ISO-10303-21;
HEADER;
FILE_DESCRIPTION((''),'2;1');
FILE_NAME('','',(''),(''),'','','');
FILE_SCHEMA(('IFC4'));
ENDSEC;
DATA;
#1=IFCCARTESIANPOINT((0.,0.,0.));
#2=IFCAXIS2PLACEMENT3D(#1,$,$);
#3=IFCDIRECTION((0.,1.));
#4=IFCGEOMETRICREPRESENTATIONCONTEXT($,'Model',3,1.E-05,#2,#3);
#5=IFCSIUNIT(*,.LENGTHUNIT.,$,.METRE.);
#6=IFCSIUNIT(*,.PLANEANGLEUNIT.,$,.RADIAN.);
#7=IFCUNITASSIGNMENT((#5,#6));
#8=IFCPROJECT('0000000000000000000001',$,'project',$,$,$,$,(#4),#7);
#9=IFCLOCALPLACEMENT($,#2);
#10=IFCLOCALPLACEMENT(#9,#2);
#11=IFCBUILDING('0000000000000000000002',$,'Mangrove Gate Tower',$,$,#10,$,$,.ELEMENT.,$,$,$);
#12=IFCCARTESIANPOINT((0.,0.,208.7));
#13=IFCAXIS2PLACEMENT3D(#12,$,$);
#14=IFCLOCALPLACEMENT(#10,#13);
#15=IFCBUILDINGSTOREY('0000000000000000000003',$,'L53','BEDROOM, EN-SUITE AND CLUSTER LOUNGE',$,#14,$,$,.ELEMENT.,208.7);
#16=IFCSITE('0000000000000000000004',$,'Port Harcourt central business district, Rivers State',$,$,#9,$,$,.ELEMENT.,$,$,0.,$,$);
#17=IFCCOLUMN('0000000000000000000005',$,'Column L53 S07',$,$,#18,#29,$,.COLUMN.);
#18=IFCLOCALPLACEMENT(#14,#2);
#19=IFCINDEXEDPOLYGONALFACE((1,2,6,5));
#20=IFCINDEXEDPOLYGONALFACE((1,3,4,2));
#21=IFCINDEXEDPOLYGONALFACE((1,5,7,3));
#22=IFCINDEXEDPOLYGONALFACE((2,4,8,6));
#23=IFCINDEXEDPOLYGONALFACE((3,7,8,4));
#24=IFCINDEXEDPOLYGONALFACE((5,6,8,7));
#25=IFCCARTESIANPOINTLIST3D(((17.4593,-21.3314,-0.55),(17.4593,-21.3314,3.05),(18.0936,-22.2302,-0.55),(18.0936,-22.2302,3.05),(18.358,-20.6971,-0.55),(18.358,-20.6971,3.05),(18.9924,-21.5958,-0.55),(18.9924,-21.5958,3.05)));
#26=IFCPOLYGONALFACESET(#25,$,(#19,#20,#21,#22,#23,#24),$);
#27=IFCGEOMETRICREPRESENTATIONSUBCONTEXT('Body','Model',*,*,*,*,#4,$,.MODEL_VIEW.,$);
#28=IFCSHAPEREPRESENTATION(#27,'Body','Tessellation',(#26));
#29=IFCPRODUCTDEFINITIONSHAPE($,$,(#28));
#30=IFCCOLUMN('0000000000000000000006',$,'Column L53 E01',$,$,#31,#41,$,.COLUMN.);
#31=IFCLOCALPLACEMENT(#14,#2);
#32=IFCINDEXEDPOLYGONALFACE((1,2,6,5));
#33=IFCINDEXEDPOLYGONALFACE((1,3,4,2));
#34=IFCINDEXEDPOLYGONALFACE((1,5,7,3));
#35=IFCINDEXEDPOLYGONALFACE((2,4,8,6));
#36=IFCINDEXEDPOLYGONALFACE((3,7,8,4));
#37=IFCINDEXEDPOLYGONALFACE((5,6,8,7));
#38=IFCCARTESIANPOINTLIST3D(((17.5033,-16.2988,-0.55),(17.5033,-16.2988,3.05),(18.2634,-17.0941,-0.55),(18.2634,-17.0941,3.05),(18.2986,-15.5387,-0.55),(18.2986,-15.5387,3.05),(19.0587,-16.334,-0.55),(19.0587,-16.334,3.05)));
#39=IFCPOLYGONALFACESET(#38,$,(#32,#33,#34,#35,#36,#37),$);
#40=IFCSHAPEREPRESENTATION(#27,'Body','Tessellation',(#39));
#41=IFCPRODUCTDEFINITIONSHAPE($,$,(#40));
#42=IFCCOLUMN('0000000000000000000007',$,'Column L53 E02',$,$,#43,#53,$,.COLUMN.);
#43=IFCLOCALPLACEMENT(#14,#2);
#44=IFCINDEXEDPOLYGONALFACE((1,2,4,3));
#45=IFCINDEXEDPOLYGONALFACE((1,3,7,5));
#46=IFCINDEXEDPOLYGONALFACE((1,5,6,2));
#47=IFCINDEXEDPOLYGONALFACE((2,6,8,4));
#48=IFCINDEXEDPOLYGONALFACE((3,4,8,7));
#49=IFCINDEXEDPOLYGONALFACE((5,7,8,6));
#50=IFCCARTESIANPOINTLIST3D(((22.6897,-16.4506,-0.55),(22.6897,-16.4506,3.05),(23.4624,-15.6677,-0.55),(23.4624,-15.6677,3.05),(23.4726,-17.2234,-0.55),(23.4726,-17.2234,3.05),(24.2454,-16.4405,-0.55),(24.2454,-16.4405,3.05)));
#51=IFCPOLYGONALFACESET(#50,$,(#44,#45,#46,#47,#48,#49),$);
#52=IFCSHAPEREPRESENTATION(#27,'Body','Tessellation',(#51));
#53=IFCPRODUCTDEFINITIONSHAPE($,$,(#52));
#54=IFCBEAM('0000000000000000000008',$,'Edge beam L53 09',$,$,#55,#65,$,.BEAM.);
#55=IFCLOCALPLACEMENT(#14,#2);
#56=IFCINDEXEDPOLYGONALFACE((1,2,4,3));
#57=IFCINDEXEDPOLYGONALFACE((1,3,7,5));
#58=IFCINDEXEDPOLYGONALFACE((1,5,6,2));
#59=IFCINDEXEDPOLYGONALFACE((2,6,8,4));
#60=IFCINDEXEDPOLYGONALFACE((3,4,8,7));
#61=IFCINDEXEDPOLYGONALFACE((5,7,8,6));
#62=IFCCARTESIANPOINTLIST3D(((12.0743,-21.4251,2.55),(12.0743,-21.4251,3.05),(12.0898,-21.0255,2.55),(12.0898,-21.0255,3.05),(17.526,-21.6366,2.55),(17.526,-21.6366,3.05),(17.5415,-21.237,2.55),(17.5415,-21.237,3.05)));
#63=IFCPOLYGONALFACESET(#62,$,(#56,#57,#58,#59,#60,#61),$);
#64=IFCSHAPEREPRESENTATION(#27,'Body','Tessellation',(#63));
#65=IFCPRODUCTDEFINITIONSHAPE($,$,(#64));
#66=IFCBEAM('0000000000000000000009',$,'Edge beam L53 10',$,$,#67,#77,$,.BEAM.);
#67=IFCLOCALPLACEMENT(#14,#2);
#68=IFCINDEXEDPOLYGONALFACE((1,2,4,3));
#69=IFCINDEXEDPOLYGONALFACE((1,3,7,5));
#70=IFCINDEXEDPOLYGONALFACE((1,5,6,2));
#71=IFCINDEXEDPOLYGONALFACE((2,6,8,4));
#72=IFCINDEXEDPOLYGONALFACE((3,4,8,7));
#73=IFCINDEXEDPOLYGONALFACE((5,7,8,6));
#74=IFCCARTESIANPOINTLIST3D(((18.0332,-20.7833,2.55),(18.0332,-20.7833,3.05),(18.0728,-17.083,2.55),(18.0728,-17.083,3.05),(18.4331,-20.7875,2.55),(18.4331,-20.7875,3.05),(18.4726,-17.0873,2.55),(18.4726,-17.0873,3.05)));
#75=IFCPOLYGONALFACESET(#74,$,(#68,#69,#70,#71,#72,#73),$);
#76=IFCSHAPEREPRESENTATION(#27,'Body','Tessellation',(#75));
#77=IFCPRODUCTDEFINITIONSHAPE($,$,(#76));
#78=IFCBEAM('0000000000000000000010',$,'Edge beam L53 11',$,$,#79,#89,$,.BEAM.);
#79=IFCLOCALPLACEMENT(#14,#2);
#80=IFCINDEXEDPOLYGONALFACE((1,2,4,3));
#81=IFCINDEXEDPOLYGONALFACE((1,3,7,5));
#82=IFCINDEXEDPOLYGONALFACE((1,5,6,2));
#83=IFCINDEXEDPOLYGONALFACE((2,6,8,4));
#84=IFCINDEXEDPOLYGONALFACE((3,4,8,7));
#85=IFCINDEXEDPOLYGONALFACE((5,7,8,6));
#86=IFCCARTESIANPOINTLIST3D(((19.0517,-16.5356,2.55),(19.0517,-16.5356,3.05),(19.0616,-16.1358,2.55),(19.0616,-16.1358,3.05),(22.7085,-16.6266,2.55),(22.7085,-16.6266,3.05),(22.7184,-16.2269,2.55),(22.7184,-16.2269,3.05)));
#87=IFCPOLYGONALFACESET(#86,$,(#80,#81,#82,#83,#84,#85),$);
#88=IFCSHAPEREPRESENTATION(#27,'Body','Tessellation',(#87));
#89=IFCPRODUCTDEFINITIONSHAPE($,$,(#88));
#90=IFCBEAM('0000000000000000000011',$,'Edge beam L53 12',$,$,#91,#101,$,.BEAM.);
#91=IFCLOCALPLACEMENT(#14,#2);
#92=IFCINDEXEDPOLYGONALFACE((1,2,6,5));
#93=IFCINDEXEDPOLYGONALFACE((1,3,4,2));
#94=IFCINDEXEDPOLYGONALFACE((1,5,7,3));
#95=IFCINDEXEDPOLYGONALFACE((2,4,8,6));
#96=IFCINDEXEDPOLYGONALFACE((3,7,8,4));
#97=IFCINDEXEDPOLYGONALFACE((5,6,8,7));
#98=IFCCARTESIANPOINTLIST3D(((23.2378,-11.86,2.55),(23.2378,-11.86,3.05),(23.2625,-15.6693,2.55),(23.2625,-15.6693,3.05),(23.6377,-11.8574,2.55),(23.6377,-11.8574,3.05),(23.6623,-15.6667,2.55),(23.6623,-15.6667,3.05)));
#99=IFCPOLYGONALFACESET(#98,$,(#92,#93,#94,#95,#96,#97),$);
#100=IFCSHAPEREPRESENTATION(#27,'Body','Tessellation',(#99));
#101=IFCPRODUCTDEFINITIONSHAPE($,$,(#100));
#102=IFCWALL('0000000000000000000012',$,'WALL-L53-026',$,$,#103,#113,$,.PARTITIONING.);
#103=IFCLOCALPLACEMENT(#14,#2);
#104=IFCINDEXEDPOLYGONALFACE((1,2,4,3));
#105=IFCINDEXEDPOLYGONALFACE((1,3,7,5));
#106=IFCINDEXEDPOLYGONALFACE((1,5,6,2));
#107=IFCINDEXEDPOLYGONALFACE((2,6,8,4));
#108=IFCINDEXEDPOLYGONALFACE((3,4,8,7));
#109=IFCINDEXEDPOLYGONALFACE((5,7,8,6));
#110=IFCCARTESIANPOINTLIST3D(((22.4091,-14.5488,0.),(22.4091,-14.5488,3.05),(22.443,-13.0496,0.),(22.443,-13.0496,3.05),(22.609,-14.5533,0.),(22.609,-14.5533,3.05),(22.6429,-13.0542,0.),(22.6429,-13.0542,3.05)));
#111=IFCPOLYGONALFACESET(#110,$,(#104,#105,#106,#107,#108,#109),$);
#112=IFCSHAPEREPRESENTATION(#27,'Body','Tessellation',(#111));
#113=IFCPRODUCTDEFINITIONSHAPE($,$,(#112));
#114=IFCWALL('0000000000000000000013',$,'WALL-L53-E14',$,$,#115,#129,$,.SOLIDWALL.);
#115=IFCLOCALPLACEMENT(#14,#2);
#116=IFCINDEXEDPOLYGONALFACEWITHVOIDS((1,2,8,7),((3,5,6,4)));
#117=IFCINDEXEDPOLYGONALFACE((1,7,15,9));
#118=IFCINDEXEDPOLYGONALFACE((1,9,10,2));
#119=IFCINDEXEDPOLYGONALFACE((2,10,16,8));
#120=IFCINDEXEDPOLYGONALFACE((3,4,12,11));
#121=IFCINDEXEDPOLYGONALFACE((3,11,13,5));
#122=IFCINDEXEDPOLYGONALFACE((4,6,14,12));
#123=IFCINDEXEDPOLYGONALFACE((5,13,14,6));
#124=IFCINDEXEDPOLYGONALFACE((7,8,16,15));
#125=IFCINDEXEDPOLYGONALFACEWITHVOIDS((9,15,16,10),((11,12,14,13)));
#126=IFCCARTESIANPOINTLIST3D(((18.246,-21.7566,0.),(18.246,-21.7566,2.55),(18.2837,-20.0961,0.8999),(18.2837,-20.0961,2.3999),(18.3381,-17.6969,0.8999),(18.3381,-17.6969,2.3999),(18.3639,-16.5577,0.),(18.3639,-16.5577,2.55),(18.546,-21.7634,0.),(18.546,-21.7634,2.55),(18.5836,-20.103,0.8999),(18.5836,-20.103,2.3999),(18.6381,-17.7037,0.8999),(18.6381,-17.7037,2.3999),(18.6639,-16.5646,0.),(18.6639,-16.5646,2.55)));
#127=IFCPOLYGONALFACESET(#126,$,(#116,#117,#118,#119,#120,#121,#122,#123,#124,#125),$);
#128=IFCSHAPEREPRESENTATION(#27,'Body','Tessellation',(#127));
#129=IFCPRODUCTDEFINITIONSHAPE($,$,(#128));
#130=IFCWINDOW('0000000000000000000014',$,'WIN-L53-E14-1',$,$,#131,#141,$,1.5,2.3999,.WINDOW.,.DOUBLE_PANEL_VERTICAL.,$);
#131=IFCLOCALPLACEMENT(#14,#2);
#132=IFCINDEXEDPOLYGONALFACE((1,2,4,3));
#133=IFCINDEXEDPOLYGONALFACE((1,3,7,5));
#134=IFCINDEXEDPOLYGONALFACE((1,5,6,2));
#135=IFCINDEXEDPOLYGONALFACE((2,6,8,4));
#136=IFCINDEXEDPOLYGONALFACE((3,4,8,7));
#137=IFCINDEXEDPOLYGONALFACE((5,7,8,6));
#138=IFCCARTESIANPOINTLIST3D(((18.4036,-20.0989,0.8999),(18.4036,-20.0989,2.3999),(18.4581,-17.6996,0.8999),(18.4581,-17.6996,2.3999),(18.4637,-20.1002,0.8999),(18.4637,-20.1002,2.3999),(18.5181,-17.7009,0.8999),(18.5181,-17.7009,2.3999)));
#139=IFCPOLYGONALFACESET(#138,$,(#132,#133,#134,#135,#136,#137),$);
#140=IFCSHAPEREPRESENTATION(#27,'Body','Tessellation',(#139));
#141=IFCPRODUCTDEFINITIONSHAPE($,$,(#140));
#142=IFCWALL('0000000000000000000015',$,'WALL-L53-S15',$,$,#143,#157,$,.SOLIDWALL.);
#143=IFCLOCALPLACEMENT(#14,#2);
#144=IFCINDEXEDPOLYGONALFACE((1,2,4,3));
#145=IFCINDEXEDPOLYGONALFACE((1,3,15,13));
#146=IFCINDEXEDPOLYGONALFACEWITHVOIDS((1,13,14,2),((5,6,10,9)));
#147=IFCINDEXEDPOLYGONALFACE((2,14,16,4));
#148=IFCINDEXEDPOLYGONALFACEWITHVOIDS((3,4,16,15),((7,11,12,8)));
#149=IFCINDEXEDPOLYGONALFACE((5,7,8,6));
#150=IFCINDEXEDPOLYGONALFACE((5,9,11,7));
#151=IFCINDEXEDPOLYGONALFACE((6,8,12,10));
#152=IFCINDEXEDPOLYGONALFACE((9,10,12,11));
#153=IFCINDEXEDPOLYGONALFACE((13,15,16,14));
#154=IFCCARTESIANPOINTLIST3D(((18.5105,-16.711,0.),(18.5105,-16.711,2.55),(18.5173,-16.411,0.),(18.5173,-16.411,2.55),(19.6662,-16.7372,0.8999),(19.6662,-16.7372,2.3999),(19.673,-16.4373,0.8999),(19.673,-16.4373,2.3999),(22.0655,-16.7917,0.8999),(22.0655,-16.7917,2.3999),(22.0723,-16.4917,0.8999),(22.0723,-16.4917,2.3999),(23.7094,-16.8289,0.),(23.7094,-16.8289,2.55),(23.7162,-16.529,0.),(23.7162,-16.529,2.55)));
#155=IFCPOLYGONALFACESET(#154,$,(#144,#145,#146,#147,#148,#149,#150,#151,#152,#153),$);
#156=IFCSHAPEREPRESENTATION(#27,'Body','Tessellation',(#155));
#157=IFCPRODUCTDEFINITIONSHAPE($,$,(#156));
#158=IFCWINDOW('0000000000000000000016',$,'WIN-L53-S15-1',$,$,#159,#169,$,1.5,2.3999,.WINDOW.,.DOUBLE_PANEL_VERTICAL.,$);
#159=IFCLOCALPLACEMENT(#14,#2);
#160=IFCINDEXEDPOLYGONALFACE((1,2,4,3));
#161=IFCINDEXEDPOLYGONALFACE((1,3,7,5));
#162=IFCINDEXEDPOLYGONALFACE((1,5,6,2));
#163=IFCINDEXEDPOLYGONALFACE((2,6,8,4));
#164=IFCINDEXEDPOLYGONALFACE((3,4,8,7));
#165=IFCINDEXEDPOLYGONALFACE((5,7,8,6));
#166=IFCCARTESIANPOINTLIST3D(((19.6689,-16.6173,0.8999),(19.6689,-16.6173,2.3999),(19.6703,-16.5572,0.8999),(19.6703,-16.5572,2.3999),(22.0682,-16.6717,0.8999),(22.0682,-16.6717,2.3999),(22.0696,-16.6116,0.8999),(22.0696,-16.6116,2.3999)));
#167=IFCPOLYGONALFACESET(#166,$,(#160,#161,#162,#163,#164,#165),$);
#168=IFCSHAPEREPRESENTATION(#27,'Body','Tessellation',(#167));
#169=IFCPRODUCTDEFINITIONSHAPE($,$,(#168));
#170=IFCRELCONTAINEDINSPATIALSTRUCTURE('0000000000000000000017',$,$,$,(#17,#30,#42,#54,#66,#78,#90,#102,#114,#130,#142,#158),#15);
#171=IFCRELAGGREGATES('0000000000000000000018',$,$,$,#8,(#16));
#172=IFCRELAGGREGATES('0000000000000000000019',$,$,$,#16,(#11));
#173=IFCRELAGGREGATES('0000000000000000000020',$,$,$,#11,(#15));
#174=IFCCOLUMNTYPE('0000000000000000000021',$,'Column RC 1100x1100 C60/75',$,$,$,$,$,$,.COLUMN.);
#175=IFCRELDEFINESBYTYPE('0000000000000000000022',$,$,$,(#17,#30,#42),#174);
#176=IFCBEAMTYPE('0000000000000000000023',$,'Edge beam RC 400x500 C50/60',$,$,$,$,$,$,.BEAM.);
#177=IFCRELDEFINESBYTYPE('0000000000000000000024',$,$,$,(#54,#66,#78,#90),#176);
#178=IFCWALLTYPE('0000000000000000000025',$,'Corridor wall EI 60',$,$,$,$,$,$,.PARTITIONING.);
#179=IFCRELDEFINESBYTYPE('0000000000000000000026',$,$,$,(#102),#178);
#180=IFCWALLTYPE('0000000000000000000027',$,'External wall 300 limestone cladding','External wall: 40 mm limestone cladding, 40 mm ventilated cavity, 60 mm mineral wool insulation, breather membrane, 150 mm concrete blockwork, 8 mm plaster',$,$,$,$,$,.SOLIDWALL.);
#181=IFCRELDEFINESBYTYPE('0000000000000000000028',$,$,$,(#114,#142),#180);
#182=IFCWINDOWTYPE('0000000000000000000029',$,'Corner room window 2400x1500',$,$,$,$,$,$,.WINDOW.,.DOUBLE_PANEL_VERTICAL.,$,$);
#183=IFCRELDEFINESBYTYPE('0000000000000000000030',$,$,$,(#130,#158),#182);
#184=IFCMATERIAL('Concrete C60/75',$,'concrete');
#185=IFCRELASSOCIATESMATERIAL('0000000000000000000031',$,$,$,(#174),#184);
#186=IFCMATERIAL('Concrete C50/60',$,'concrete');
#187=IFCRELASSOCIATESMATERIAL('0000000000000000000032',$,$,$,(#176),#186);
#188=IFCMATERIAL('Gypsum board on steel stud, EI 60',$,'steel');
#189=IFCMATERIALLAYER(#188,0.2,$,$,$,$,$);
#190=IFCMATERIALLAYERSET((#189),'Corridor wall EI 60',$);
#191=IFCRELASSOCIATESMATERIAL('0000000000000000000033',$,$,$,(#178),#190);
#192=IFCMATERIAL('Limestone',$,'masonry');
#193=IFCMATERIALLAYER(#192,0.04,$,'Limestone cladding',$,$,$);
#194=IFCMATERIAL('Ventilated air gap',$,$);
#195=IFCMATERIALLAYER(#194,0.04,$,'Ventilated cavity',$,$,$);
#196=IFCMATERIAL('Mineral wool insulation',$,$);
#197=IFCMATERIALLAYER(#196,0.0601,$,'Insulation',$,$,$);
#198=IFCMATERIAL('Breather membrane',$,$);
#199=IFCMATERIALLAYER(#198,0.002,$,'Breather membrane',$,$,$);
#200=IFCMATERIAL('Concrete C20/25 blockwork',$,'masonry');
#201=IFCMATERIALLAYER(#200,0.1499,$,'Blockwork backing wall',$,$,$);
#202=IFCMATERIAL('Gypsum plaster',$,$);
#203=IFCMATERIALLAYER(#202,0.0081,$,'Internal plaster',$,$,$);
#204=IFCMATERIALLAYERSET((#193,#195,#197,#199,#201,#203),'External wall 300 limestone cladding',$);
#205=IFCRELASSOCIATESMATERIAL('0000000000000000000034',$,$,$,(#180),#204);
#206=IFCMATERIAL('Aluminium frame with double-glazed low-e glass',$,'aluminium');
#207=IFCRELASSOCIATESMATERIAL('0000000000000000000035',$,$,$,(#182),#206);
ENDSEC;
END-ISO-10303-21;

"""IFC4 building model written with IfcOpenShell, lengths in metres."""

from ifc_helpers import new_model, si_unit, direction, frame, frame_2d, origin, origin_2d, place, context, subcontext, project, spatial, rectangle, extrude, material, layer, layer_set, material_profile, profile_set, type_object, element, fill, save


model = new_model("IFC4")

# Units and contexts
model_context = context("Model", 3, precision=1e-05, world=origin(), true_north=direction((0.0, 1.0)))
body_context = subcontext(model_context, "Body", "Model", "MODEL_VIEW")
ifc_project = project(units=[si_unit("LENGTHUNIT", "METRE"), si_unit("PLANEANGLEUNIT", "RADIAN")], contexts=[model_context])

# Site, building, storey
site_placement = place(None, origin())
site = spatial("IfcSite", under=ifc_project, at=site_placement, Name="Port Harcourt central business district, Rivers State", CompositionType="ELEMENT", RefElevation=0.0)
building_placement = place(site_placement, origin())
building = spatial("IfcBuilding", under=site, at=building_placement, Name="Mangrove Gate Tower", CompositionType="ELEMENT")
storey_placement = place(building_placement, frame((0.0, 0.0, 208.7)))
storey = spatial("IfcBuildingStorey", under=building, at=storey_placement, Name="L53", Description="BEDROOM, EN-SUITE AND CLUSTER LOUNGE", CompositionType="ELEMENT", Elevation=208.7)

# Columns
ifc_material_1 = material(Name="Concrete C60/75", Category="concrete")
ifc_material_profile_1 = material_profile(ifc_material_1, rectangle(XDim=1.1001, YDim=1.1001, at=origin_2d()))
ifc_profile_set_1 = profile_set([ifc_material_profile_1], Name="Concrete C60/75")
column_type = type_object("IfcColumnType", Name="Column RC 1100x1100 C60/75", PredefinedType="COLUMN", material=ifc_profile_set_1)
for number, where, z_axis, x_axis, name in (
    (1, (18.2258, -21.4636, -0.55), (0.0, 0.0, 1.0), (0.817006, 0.576629, 0.0), "Column L53 S07"),
    (2, (18.281, -16.3164, -0.55), (0.0, 0.0, 1.0), (0.722905, 0.690948, 0.0), "Column L53 E01"),
    (3, (23.4675, -16.4456, -0.55), (0.0, 0.0, 1.0), (0.702473, 0.711711, 0.0), "Column L53 E02"),
):
    element("IfcColumn", number, at=place(storey_placement, frame(where, z_axis=z_axis, x_axis=x_axis)), inside=storey, type_object=column_type, Name=name, PredefinedType="COLUMN", context=body_context, shape_type="SweptSolid", body=[
        extrude(rectangle(XDim=1.1001, YDim=1.1001, at=origin_2d()), origin(), (0.0, 0.0, 1.0), 3.6001),
    ])

# Beams
ifc_material_2 = material(Name="Concrete C50/60", Category="concrete")
ifc_material_profile_2 = material_profile(ifc_material_2, rectangle(XDim=0.3999, YDim=0.5, at=origin_2d()))
ifc_profile_set_2 = profile_set([ifc_material_profile_2], Name="Concrete C50/60")
beam_type = type_object("IfcBeamType", Name="Edge beam RC 400x500 C50/60", PredefinedType="BEAM", material=ifc_profile_set_2)
beam_1_placement = place(storey_placement, frame((12.082, -21.2253, 2.8), z_axis=(0.999249, -0.038753, 0.0), x_axis=(0.038753, 0.999249, 0.0)))
element("IfcBeam", 4, at=beam_1_placement, inside=storey, type_object=beam_type, Name="Edge beam L53 09", PredefinedType="BEAM", context=body_context, shape_type="SweptSolid", body=[
    extrude(rectangle(XDim=0.3999, YDim=0.5, at=origin_2d()), origin(), (0.0, 0.0, 1.0), 5.4558),
])
beam_2_placement = place(storey_placement, frame((18.2332, -20.7854, 2.8), z_axis=(0.010688, 0.999943, 0.0), x_axis=(-0.999943, 0.010688, 0.0)))
element("IfcBeam", 5, at=beam_2_placement, inside=storey, type_object=beam_type, Name="Edge beam L53 10", PredefinedType="BEAM", context=body_context, shape_type="SweptSolid", body=[
    extrude(rectangle(XDim=0.3999, YDim=0.5, at=origin_2d()), origin(), (0.0, 0.0, 1.0), 3.7004),
])
beam_3_placement = place(storey_placement, frame((19.0566, -16.3357, 2.8), z_axis=(0.99969, -0.024895, 0.0), x_axis=(0.024895, 0.99969, 0.0)))
element("IfcBeam", 6, at=beam_3_placement, inside=storey, type_object=beam_type, Name="Edge beam L53 11", PredefinedType="BEAM", context=body_context, shape_type="SweptSolid", body=[
    extrude(rectangle(XDim=0.3999, YDim=0.5, at=origin_2d()), origin(), (0.0, 0.0, 1.0), 3.658),
])
beam_4_placement = place(storey_placement, frame((23.4624, -15.668, 2.8), z_axis=(-0.006473, 0.999979, 0.0), x_axis=(-0.999979, -0.006473, 0.0)))
element("IfcBeam", 7, at=beam_4_placement, inside=storey, type_object=beam_type, Name="Edge beam L53 12", PredefinedType="BEAM", context=body_context, shape_type="SweptSolid", body=[
    extrude(rectangle(XDim=0.3999, YDim=0.5, at=origin_2d()), origin(), (0.0, 0.0, 1.0), 3.8093),
])

# Wall
ifc_material_3 = material(Name="Gypsum board on steel stud, EI 60", Category="steel")
ifc_layer_1 = layer(ifc_material_3, 0.2)
ifc_layer_set_1 = layer_set([ifc_layer_1], Name="Corridor wall EI 60")
wall_type_1 = type_object("IfcWallType", Name="Corridor wall EI 60", PredefinedType="PARTITIONING", material=ifc_layer_set_1)
wall_1_placement = place(storey_placement, frame((22.509, -14.551, 0.0), z_axis=(0.0, 0.0, 1.0), x_axis=(0.022633, 0.999744, 0.0)))
element("IfcWall", 8, at=wall_1_placement, inside=storey, type_object=wall_type_1, Name="WALL-L53-026", PredefinedType="PARTITIONING", context=body_context, shape_type="SweptSolid", body=[
    extrude(rectangle(XDim=1.4995, YDim=0.2, at=frame_2d((0.7498, 0.0))), origin(), (0.0, 0.0, 1.0), 3.05),
])

# Shared definitions
ifc_material_4 = material(Name="Limestone", Category="masonry")
ifc_layer_2 = layer(ifc_material_4, 0.04, Name="Limestone cladding")
ifc_material_5 = material(Name="Ventilated air gap")
ifc_layer_3 = layer(ifc_material_5, 0.04, Name="Ventilated cavity")
ifc_material_6 = material(Name="Mineral wool insulation")
ifc_layer_4 = layer(ifc_material_6, 0.0601, Name="Insulation")
ifc_material_7 = material(Name="Breather membrane")
ifc_layer_5 = layer(ifc_material_7, 0.002, Name="Breather membrane")
ifc_material_8 = material(Name="Concrete C20/25 blockwork", Category="masonry")
ifc_layer_6 = layer(ifc_material_8, 0.1499, Name="Blockwork backing wall")
ifc_material_9 = material(Name="Gypsum plaster")
ifc_layer_7 = layer(ifc_material_9, 0.0081, Name="Internal plaster")
ifc_layer_set_2 = layer_set([ifc_layer_2, ifc_layer_3, ifc_layer_4, ifc_layer_5, ifc_layer_6, ifc_layer_7], Name="External wall 300 limestone cladding")
wall_type_2 = type_object("IfcWallType", Name="External wall 300 limestone cladding", Description="External wall: 40 mm limestone cladding, 40 mm ventilated cavity, 60 mm mineral wool insulation, breather membrane, 150 mm concrete blockwork, 8 mm plaster", PredefinedType="SOLIDWALL", material=ifc_layer_set_2)

# Walls, openings, windows
wall_2_placement = place(storey_placement, frame((18.396, -21.76, 0.0), z_axis=(0.0, 0.0, 1.0), x_axis=(0.022676, 0.999743, 0.0)))
wall_2 = element("IfcWall", 9, at=wall_2_placement, inside=storey, type_object=wall_type_2, Name="WALL-L53-E14", PredefinedType="SOLIDWALL", context=body_context, shape_type="SweptSolid", body=[
    extrude(rectangle(XDim=5.2002, YDim=0.3, at=frame_2d((2.6001, 0.0))), origin(), (0.0, 0.0, 1.0), 2.55),
])
opening_1_placement = place(wall_2_placement, frame((1.6609, 0.0, 0.8999)))
opening_1 = element("IfcOpeningElement", 10, at=opening_1_placement, cuts=wall_2, PredefinedType="OPENING", context=body_context, shape_type="SweptSolid", body=[
    extrude(rectangle(XDim=2.3999, YDim=1.5, at=frame_2d((1.2, 0.75))), frame((0.0, 0.1599, 0.0), z_axis=(0.0, -1.0, 0.0), x_axis=(1.0, 0.0, 0.0)), (0.0, 0.0, 1.0), 0.3201),
])
ifc_material_10 = material(Name="Aluminium frame with double-glazed low-e glass", Category="aluminium")
window_type_1 = type_object("IfcWindowType", Name="Corner room window 2400x1500", PartitioningType="DOUBLE_PANEL_VERTICAL", PredefinedType="WINDOW", material=ifc_material_10)
window_1_placement = place(opening_1_placement, origin())
window_1 = element("IfcWindow", 11, at=window_1_placement, inside=storey, type_object=window_type_1, Name="WIN-L53-E14-1", OverallHeight=1.5, OverallWidth=2.3999, PartitioningType="DOUBLE_PANEL_VERTICAL", PredefinedType="WINDOW", context=body_context, shape_type="SweptSolid", body=[
    extrude(rectangle(XDim=2.3999, YDim=1.5, at=frame_2d((1.2, 0.75))), frame((0.0, 0.03, 0.0), z_axis=(0.0, -1.0, 0.0), x_axis=(1.0, 0.0, 0.0)), (0.0, 0.0, 1.0), 0.0601),
])
fill(opening_1, window_1)
wall_3_placement = place(storey_placement, frame((18.5139, -16.561, 0.0), z_axis=(0.0, 0.0, 1.0), x_axis=(0.999743, -0.022676, 0.0)))
wall_3 = element("IfcWall", 12, at=wall_3_placement, inside=storey, type_object=wall_type_2, Name="WALL-L53-S15", PredefinedType="SOLIDWALL", context=body_context, shape_type="SweptSolid", body=[
    extrude(rectangle(XDim=5.2002, YDim=0.3, at=frame_2d((2.6001, 0.0))), origin(), (0.0, 0.0, 1.0), 2.55),
])
opening_2_placement = place(wall_3_placement, frame((1.156, 0.0, 0.8999)))
opening_2 = element("IfcOpeningElement", 13, at=opening_2_placement, cuts=wall_3, PredefinedType="OPENING", context=body_context, shape_type="SweptSolid", body=[
    extrude(rectangle(XDim=2.3999, YDim=1.5, at=frame_2d((1.2, 0.75))), frame((0.0, 0.1599, 0.0), z_axis=(0.0, -1.0, 0.0), x_axis=(1.0, 0.0, 0.0)), (0.0, 0.0, 1.0), 0.3201),
])
window_2_placement = place(opening_2_placement, origin())
window_2 = element("IfcWindow", 14, at=window_2_placement, inside=storey, type_object=window_type_1, Name="WIN-L53-S15-1", OverallHeight=1.5, OverallWidth=2.3999, PartitioningType="DOUBLE_PANEL_VERTICAL", PredefinedType="WINDOW", context=body_context, shape_type="SweptSolid", body=[
    extrude(rectangle(XDim=2.3999, YDim=1.5, at=frame_2d((1.2, 0.75))), frame((0.0, 0.03, 0.0), z_axis=(0.0, -1.0, 0.0), x_axis=(1.0, 0.0, 0.0)), (0.0, 0.0, 1.0), 0.0601),
])
fill(opening_2, window_2)

save(model, "model.ifc")
